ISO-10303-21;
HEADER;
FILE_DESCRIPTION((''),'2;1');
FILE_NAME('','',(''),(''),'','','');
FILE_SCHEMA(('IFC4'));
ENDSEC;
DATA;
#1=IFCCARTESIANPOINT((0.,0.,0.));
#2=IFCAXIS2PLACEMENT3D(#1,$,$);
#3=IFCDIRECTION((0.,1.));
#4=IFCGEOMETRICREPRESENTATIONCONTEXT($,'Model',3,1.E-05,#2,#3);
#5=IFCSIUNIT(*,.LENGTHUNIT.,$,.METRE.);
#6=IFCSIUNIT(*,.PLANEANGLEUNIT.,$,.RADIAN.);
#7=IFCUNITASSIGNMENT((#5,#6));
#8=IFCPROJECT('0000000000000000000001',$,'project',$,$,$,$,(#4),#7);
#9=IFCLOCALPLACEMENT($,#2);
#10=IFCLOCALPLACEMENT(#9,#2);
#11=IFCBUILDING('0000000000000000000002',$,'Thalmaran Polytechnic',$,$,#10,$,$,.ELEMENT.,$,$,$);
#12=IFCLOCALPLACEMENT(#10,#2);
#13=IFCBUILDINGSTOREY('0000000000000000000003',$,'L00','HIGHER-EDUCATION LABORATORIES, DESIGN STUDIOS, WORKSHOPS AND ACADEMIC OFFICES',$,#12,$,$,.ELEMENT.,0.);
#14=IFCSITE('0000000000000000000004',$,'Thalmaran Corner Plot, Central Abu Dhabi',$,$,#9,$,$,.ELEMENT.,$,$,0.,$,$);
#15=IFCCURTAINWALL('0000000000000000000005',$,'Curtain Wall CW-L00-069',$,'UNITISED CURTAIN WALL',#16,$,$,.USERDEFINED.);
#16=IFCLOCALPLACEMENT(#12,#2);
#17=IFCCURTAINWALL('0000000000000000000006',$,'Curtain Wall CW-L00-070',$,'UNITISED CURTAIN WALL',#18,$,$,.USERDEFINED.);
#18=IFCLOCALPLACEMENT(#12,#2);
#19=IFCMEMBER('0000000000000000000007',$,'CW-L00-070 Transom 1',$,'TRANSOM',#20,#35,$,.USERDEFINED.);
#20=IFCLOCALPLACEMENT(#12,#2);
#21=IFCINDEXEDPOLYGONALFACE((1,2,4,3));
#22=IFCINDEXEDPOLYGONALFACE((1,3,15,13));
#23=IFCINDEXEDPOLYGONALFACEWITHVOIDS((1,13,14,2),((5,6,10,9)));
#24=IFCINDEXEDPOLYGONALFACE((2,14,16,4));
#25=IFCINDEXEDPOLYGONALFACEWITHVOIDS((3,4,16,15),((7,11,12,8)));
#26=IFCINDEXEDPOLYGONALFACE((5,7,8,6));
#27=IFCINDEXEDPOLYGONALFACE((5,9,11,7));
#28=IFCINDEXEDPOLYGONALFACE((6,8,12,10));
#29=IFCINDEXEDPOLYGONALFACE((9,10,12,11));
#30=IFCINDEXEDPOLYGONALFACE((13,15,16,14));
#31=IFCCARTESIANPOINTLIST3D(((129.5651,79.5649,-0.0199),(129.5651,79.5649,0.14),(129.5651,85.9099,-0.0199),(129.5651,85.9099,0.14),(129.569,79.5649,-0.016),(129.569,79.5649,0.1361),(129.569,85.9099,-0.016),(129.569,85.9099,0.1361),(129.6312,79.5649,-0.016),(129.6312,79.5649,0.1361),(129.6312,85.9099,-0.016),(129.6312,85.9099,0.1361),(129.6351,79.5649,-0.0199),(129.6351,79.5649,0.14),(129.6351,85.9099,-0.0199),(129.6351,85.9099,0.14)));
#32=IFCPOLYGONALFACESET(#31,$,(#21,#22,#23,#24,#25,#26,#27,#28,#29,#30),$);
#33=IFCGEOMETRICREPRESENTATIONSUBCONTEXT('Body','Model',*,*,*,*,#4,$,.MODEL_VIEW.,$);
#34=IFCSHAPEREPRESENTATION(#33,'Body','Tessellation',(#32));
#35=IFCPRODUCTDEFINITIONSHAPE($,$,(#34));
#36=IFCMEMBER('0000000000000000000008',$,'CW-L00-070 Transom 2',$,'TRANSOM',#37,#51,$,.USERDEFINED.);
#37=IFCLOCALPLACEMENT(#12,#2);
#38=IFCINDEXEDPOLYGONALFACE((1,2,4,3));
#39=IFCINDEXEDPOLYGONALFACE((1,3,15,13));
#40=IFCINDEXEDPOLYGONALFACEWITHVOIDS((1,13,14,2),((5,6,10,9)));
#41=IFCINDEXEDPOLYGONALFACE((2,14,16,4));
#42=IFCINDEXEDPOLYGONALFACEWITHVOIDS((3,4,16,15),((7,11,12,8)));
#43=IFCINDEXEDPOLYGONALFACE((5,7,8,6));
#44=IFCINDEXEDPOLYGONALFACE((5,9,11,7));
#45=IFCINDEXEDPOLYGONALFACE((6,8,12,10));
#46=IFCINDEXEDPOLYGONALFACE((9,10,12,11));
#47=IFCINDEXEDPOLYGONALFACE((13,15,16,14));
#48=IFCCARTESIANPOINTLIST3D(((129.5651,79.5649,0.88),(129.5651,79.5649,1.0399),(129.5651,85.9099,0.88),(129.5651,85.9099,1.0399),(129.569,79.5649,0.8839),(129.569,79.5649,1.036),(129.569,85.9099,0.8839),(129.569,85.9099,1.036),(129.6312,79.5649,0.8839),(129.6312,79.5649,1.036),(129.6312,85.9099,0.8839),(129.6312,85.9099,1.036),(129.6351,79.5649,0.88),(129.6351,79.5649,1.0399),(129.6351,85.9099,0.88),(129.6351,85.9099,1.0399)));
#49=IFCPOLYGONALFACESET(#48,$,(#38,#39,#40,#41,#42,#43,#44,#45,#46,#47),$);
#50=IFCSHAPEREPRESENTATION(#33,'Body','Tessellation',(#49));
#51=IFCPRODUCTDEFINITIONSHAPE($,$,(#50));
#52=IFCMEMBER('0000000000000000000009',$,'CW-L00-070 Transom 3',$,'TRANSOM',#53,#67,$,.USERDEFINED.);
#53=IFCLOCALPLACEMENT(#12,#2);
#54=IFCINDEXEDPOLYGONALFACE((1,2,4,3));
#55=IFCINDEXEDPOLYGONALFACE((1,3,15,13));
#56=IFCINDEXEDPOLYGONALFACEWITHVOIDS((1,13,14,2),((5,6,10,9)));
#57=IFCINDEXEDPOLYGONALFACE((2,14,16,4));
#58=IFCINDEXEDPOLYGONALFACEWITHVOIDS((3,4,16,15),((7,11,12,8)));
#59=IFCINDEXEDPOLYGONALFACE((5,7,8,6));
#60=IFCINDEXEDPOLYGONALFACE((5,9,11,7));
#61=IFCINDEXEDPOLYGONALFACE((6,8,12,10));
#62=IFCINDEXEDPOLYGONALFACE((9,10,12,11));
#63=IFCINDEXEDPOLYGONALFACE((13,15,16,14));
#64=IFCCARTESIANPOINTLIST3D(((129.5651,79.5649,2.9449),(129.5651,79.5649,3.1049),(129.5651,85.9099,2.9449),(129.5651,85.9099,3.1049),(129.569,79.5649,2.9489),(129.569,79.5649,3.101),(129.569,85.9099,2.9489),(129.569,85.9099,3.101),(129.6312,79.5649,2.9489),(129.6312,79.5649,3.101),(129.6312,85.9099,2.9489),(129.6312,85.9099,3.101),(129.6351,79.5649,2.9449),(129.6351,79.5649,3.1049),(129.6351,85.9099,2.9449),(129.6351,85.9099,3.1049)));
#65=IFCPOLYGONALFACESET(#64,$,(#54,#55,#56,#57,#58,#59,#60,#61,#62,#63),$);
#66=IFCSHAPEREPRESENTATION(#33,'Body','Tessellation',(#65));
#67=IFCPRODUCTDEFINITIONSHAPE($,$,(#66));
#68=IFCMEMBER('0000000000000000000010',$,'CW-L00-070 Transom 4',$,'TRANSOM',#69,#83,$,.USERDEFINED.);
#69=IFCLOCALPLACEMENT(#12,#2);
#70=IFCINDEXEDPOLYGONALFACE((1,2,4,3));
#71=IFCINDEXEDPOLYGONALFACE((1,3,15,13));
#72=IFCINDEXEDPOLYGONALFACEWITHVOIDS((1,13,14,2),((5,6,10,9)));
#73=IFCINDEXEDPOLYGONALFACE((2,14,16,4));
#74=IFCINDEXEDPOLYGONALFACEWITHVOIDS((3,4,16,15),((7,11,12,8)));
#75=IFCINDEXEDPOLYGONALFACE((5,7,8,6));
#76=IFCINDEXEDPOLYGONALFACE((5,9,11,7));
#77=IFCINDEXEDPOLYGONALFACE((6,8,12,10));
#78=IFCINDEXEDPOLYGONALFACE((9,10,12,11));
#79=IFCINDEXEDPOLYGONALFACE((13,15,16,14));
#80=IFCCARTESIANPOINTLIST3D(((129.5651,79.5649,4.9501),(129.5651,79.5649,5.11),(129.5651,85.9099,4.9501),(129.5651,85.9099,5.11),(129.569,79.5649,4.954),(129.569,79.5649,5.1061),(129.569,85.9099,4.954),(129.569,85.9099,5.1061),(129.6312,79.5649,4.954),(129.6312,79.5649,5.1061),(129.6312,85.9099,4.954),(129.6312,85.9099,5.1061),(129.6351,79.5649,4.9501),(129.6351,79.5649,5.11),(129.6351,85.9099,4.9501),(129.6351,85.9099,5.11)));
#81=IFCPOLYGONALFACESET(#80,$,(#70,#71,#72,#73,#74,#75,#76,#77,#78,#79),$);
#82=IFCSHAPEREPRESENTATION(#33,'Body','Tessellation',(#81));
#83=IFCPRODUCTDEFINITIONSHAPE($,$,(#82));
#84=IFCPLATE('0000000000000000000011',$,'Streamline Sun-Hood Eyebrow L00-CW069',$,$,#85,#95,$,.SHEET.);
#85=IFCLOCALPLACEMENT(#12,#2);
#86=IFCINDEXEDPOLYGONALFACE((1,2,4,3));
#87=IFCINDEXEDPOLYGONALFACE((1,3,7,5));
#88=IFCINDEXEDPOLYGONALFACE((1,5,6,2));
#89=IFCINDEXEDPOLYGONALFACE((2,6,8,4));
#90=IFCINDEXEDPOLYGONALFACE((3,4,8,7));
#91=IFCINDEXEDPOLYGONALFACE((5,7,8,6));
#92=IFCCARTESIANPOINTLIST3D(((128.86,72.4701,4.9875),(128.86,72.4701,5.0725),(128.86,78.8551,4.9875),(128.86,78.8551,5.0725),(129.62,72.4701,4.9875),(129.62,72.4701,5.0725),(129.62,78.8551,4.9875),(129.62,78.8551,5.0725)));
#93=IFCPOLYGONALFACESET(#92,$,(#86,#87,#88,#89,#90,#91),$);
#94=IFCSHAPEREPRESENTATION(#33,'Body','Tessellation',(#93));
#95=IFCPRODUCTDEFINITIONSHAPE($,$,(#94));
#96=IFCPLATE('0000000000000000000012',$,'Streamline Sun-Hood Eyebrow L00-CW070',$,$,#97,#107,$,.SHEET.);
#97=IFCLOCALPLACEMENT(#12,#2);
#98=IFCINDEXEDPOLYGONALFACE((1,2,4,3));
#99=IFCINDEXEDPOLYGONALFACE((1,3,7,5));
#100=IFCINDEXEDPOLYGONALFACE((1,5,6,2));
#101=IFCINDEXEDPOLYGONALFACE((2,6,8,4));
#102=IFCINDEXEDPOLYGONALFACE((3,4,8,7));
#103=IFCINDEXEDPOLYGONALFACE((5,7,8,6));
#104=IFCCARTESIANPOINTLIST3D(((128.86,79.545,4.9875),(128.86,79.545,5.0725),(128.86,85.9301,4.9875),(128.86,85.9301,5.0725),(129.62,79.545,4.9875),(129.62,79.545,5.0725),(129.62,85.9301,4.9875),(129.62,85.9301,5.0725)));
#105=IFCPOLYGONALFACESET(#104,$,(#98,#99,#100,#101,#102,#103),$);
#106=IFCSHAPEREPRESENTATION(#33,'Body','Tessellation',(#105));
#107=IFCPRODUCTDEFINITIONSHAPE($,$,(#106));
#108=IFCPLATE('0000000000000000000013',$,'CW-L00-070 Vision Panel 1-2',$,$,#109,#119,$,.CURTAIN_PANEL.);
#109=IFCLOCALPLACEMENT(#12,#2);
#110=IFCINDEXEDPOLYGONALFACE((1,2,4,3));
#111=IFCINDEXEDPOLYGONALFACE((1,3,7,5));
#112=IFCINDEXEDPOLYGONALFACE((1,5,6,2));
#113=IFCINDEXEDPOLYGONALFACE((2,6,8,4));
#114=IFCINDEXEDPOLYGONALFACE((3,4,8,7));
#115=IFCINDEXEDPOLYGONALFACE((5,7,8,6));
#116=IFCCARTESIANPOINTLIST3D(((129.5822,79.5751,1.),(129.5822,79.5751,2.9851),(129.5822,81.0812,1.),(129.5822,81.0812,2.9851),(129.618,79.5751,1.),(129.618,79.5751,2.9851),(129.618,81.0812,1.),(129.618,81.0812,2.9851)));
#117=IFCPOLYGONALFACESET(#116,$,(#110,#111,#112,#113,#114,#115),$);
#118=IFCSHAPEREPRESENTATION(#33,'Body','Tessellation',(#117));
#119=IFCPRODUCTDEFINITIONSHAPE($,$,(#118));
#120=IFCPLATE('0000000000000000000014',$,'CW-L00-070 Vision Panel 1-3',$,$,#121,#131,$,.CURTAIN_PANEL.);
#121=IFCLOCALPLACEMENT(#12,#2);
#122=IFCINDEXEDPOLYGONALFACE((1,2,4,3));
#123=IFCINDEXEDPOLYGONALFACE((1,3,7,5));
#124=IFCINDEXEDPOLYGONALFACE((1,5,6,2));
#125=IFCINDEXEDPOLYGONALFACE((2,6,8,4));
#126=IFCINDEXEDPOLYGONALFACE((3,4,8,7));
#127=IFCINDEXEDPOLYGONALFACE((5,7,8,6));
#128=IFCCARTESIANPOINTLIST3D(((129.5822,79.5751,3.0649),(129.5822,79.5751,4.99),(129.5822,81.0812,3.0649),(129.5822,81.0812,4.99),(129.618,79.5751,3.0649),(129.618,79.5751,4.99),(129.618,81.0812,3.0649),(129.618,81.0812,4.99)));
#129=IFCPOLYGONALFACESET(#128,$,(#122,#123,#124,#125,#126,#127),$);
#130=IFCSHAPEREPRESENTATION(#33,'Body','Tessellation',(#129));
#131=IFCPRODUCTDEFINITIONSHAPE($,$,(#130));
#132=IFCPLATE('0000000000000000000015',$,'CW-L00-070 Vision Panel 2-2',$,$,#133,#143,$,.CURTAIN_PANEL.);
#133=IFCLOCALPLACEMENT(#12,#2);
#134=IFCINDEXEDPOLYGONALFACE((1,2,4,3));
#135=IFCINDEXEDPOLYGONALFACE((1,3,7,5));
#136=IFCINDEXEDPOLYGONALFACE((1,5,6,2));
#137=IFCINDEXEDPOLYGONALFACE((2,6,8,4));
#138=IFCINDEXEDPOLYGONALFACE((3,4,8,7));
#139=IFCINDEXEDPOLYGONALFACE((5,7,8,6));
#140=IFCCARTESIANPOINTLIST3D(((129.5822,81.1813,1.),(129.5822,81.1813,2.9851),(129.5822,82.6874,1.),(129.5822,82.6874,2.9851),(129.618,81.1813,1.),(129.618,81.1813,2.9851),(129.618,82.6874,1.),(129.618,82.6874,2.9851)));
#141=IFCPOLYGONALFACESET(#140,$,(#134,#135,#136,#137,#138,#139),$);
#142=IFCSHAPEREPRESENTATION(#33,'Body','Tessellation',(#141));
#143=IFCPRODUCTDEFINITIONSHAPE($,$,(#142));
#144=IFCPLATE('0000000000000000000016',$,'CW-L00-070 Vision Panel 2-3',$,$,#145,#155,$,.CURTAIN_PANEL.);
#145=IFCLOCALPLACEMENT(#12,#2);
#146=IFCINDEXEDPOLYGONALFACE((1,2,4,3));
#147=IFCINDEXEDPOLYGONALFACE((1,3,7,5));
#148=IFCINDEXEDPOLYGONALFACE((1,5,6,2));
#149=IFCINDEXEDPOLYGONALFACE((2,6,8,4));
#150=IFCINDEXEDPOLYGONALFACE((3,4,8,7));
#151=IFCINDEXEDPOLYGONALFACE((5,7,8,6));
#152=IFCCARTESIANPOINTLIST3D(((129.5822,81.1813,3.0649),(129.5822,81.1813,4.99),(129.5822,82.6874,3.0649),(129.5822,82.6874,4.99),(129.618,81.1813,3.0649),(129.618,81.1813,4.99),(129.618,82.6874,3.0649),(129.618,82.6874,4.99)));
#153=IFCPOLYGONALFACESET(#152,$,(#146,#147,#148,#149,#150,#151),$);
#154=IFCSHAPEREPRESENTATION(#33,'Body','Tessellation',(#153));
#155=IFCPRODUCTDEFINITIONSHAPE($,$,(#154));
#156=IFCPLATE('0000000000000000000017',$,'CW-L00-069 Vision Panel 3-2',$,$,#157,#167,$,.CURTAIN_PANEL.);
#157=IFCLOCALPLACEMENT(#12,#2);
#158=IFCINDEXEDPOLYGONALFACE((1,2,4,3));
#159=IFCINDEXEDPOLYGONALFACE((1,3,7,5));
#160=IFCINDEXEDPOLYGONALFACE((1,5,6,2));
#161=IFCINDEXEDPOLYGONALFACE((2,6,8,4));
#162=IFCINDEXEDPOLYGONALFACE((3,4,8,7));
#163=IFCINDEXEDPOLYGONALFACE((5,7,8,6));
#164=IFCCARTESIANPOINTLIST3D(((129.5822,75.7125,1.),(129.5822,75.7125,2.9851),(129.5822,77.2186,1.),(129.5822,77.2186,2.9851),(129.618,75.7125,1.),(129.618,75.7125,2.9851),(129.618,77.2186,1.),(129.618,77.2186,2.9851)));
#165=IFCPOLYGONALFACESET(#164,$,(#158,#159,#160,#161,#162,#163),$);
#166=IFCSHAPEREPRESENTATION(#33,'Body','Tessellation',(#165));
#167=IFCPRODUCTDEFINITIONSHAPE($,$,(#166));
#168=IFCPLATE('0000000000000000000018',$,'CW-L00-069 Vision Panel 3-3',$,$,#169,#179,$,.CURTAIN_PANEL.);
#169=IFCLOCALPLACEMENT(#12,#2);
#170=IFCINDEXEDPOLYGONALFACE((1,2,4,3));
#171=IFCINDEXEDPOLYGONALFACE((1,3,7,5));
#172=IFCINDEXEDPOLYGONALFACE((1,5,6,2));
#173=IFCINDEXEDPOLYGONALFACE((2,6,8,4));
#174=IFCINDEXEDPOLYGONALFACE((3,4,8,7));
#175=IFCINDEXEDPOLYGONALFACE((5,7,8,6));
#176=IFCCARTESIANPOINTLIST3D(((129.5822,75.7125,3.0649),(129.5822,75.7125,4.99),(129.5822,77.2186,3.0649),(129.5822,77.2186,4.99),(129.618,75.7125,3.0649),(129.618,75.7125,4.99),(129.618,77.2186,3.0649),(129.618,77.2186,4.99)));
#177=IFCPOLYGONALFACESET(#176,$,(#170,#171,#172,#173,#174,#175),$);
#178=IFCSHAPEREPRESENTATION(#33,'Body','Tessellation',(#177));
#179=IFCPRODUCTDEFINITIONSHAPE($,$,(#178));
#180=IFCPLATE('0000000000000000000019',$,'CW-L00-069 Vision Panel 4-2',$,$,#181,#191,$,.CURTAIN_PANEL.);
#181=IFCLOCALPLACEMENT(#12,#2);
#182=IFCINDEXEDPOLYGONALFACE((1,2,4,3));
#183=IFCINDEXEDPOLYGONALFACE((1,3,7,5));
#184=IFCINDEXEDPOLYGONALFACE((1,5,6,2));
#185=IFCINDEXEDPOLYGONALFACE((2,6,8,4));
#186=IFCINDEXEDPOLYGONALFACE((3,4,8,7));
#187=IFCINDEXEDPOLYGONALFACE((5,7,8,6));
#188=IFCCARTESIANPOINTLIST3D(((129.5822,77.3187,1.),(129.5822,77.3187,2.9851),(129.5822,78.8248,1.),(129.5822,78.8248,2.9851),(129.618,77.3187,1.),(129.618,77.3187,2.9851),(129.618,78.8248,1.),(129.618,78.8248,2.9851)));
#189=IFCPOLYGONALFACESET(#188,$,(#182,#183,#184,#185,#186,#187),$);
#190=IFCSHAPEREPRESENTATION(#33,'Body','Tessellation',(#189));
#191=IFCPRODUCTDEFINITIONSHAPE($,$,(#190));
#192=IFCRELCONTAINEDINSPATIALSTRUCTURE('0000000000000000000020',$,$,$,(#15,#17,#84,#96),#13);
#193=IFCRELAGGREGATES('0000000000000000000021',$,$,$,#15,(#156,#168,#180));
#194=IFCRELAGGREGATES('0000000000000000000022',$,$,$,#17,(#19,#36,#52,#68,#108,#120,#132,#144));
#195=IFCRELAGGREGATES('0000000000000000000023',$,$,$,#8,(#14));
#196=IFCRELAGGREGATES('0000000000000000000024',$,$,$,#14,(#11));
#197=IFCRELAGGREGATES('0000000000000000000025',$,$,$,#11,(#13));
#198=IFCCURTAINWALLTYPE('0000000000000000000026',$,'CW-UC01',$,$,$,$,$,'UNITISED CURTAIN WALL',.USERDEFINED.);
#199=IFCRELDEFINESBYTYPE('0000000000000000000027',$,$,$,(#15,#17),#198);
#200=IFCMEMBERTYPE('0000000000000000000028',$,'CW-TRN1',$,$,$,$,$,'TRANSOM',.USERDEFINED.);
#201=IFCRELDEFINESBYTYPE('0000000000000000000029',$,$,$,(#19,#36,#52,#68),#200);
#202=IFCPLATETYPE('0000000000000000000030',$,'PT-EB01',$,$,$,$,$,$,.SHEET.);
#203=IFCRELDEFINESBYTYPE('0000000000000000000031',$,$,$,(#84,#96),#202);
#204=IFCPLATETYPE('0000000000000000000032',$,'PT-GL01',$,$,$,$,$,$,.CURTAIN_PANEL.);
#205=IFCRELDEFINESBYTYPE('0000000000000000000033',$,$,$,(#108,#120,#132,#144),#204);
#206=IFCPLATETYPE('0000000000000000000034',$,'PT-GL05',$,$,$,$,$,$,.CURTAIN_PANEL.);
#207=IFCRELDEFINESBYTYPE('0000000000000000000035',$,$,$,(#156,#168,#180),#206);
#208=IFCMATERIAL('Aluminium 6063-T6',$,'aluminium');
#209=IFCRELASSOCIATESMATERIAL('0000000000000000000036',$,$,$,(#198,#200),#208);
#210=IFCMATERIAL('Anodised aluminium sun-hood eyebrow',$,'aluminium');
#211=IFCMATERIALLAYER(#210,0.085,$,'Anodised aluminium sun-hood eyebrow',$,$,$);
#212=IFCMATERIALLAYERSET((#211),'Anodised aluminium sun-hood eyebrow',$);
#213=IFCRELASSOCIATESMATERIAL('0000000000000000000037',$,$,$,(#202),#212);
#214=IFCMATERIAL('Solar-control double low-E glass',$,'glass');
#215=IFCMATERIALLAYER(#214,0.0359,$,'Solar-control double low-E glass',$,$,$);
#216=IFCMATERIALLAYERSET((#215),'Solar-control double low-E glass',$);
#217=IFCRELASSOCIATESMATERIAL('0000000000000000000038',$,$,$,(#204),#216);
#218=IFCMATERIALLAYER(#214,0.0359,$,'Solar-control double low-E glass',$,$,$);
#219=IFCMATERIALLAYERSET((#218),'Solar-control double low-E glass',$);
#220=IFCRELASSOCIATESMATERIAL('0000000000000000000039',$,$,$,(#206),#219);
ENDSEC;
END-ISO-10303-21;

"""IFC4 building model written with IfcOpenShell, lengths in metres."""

from ifc_helpers import new_model, si_unit, direction, frame, origin, origin_2d, place, context, subcontext, project, spatial, rectangle, hollow_rectangle, extrude, material, layer, layer_set, material_profile, profile_set, type_object, element, aggregate, save


model = new_model("IFC4")

# Units and contexts
model_context = context("Model", 3, precision=1e-05, world=origin(), true_north=direction((0.0, 1.0)))
body_context = subcontext(model_context, "Body", "Model", "MODEL_VIEW")
ifc_project = project(units=[si_unit("LENGTHUNIT", "METRE"), si_unit("PLANEANGLEUNIT", "RADIAN")], contexts=[model_context])

# Site, building, storey
site_placement = place(None, origin())
site = spatial("IfcSite", under=ifc_project, at=site_placement, Name="Thalmaran Corner Plot, Central Abu Dhabi", CompositionType="ELEMENT", RefElevation=0.0)
building_placement = place(site_placement, origin())
building = spatial("IfcBuilding", under=site, at=building_placement, Name="Thalmaran Polytechnic", CompositionType="ELEMENT")
storey_placement = place(building_placement, origin())
storey = spatial("IfcBuildingStorey", under=building, at=storey_placement, Name="L00", Description="HIGHER-EDUCATION LABORATORIES, DESIGN STUDIOS, WORKSHOPS AND ACADEMIC OFFICES", CompositionType="ELEMENT", Elevation=0.0)

# Curtain walls, members
ifc_material_1 = material(Name="Aluminium 6063-T6", Category="aluminium")
curtain_wall_type = type_object("IfcCurtainWallType", Name="CW-UC01", ElementType="UNITISED CURTAIN WALL", PredefinedType="USERDEFINED", material=ifc_material_1)
curtain_wall_1_placement = place(storey_placement, origin())
curtain_wall_1 = element("IfcCurtainWall", 1, at=curtain_wall_1_placement, inside=storey, type_object=curtain_wall_type, Name="Curtain Wall CW-L00-069", ObjectType="UNITISED CURTAIN WALL", PredefinedType="USERDEFINED")
curtain_wall_2_placement = place(storey_placement, origin())
curtain_wall_2 = element("IfcCurtainWall", 2, at=curtain_wall_2_placement, inside=storey, type_object=curtain_wall_type, Name="Curtain Wall CW-L00-070", ObjectType="UNITISED CURTAIN WALL", PredefinedType="USERDEFINED")
ifc_material_profile_1 = material_profile(ifc_material_1, hollow_rectangle(XDim=0.0701, YDim=0.1599, WallThickness=0.0039, at=origin_2d()), Name="AL 160x70x4.0")
ifc_profile_set_1 = profile_set([ifc_material_profile_1], Name="Aluminium 6063-T6")
member_type_1 = type_object("IfcMemberType", Name="CW-TRN1", ElementType="TRANSOM", PredefinedType="USERDEFINED", material=ifc_profile_set_1)
member_1_placement = place(storey_placement, frame((129.6001, 79.5649, 0.0601), z_axis=(0.0, 1.0, 0.0), x_axis=(-1.0, 0.0, 0.0)))
member_1 = element("IfcMember", 3, at=member_1_placement, type_object=member_type_1, Name="CW-L00-070 Transom 1", ObjectType="TRANSOM", PredefinedType="USERDEFINED", context=body_context, shape_type="SweptSolid", body=[
    extrude(hollow_rectangle(XDim=0.0701, YDim=0.1599, WallThickness=0.0039, at=origin_2d()), origin(), (0.0, 0.0, 1.0), 6.345),
])
member_2_placement = place(storey_placement, frame((129.6001, 79.5649, 0.96), z_axis=(0.0, 1.0, 0.0), x_axis=(-1.0, 0.0, 0.0)))
member_2 = element("IfcMember", 4, at=member_2_placement, type_object=member_type_1, Name="CW-L00-070 Transom 2", ObjectType="TRANSOM", PredefinedType="USERDEFINED", context=body_context, shape_type="SweptSolid", body=[
    extrude(hollow_rectangle(XDim=0.0701, YDim=0.1599, WallThickness=0.0039, at=origin_2d()), origin(), (0.0, 0.0, 1.0), 6.345),
])
member_3_placement = place(storey_placement, frame((129.6001, 79.5649, 3.0249), z_axis=(0.0, 1.0, 0.0), x_axis=(-1.0, 0.0, 0.0)))
member_3 = element("IfcMember", 5, at=member_3_placement, type_object=member_type_1, Name="CW-L00-070 Transom 3", ObjectType="TRANSOM", PredefinedType="USERDEFINED", context=body_context, shape_type="SweptSolid", body=[
    extrude(hollow_rectangle(XDim=0.0701, YDim=0.1599, WallThickness=0.0039, at=origin_2d()), origin(), (0.0, 0.0, 1.0), 6.345),
])
member_4_placement = place(storey_placement, frame((129.6001, 79.5649, 5.03), z_axis=(0.0, 1.0, 0.0), x_axis=(-1.0, 0.0, 0.0)))
member_4 = element("IfcMember", 6, at=member_4_placement, type_object=member_type_1, Name="CW-L00-070 Transom 4", ObjectType="TRANSOM", PredefinedType="USERDEFINED", context=body_context, shape_type="SweptSolid", body=[
    extrude(hollow_rectangle(XDim=0.0701, YDim=0.1599, WallThickness=0.0039, at=origin_2d()), origin(), (0.0, 0.0, 1.0), 6.345),
])

# Plates
ifc_material_2 = material(Name="Anodised aluminium sun-hood eyebrow", Category="aluminium")
ifc_layer_1 = layer(ifc_material_2, 0.085, Name="Anodised aluminium sun-hood eyebrow")
ifc_layer_set_1 = layer_set([ifc_layer_1], Name="Anodised aluminium sun-hood eyebrow")
plate_type_1 = type_object("IfcPlateType", Name="PT-EB01", PredefinedType="SHEET", material=ifc_layer_set_1)
for number, where, z_axis, x_axis, name in (
    (7, (129.24, 75.6626, 4.9875), (0.0, 0.0, 1.0), (0.0, 1.0, 0.0), "Streamline Sun-Hood Eyebrow L00-CW069"),
    (8, (129.24, 82.7375, 4.9875), (0.0, 0.0, 1.0), (0.0, 1.0, 0.0), "Streamline Sun-Hood Eyebrow L00-CW070"),
):
    element("IfcPlate", number, at=place(storey_placement, frame(where, z_axis=z_axis, x_axis=x_axis)), inside=storey, type_object=plate_type_1, Name=name, PredefinedType="SHEET", context=body_context, shape_type="SweptSolid", body=[
        extrude(rectangle(XDim=6.385, YDim=0.76, at=origin_2d()), origin(), (0.0, 0.0, 1.0), 0.085),
    ])

# Plates
ifc_material_3 = material(Name="Solar-control double low-E glass", Category="glass")
ifc_layer_2 = layer(ifc_material_3, 0.0359, Name="Solar-control double low-E glass")
ifc_layer_set_2 = layer_set([ifc_layer_2], Name="Solar-control double low-E glass")
plate_type_2 = type_object("IfcPlateType", Name="PT-GL01", PredefinedType="CURTAIN_PANEL", material=ifc_layer_set_2)
plate_1_placement = place(storey_placement, frame((129.6001, 80.3281, 1.0), z_axis=(0.0, 0.0, 1.0), x_axis=(0.0, 1.0, 0.0)))
plate_1 = element("IfcPlate", 9, at=plate_1_placement, type_object=plate_type_2, Name="CW-L00-070 Vision Panel 1-2", PredefinedType="CURTAIN_PANEL", context=body_context, shape_type="SweptSolid", body=[
    extrude(rectangle(XDim=1.5061, YDim=0.0359, at=origin_2d()), origin(), (0.0, 0.0, 1.0), 1.9851),
])
plate_2_placement = place(storey_placement, frame((129.6001, 80.3281, 3.0649), z_axis=(0.0, 0.0, 1.0), x_axis=(0.0, 1.0, 0.0)))
plate_2 = element("IfcPlate", 10, at=plate_2_placement, type_object=plate_type_2, Name="CW-L00-070 Vision Panel 1-3", PredefinedType="CURTAIN_PANEL", context=body_context, shape_type="SweptSolid", body=[
    extrude(rectangle(XDim=1.5061, YDim=0.0359, at=origin_2d()), origin(), (0.0, 0.0, 1.0), 1.925),
])
plate_3_placement = place(storey_placement, frame((129.6001, 81.9343, 1.0), z_axis=(0.0, 0.0, 1.0), x_axis=(0.0, 1.0, 0.0)))
plate_3 = element("IfcPlate", 11, at=plate_3_placement, type_object=plate_type_2, Name="CW-L00-070 Vision Panel 2-2", PredefinedType="CURTAIN_PANEL", context=body_context, shape_type="SweptSolid", body=[
    extrude(rectangle(XDim=1.5061, YDim=0.0359, at=origin_2d()), origin(), (0.0, 0.0, 1.0), 1.9851),
])
plate_4_placement = place(storey_placement, frame((129.6001, 81.9343, 3.0649), z_axis=(0.0, 0.0, 1.0), x_axis=(0.0, 1.0, 0.0)))
plate_4 = element("IfcPlate", 12, at=plate_4_placement, type_object=plate_type_2, Name="CW-L00-070 Vision Panel 2-3", PredefinedType="CURTAIN_PANEL", context=body_context, shape_type="SweptSolid", body=[
    extrude(rectangle(XDim=1.5061, YDim=0.0359, at=origin_2d()), origin(), (0.0, 0.0, 1.0), 1.925),
])
ifc_layer_3 = layer(ifc_material_3, 0.0359, Name="Solar-control double low-E glass")
ifc_layer_set_3 = layer_set([ifc_layer_3], Name="Solar-control double low-E glass")
plate_type_3 = type_object("IfcPlateType", Name="PT-GL05", PredefinedType="CURTAIN_PANEL", material=ifc_layer_set_3)
plate_5_placement = place(storey_placement, frame((129.6001, 76.4656, 1.0), z_axis=(0.0, 0.0, 1.0), x_axis=(0.0, 1.0, 0.0)))
plate_5 = element("IfcPlate", 13, at=plate_5_placement, type_object=plate_type_3, Name="CW-L00-069 Vision Panel 3-2", PredefinedType="CURTAIN_PANEL", context=body_context, shape_type="SweptSolid", body=[
    extrude(rectangle(XDim=1.5061, YDim=0.0359, at=origin_2d()), origin(), (0.0, 0.0, 1.0), 1.9851),
])
plate_6_placement = place(storey_placement, frame((129.6001, 76.4656, 3.0649), z_axis=(0.0, 0.0, 1.0), x_axis=(0.0, 1.0, 0.0)))
plate_6 = element("IfcPlate", 14, at=plate_6_placement, type_object=plate_type_3, Name="CW-L00-069 Vision Panel 3-3", PredefinedType="CURTAIN_PANEL", context=body_context, shape_type="SweptSolid", body=[
    extrude(rectangle(XDim=1.5061, YDim=0.0359, at=origin_2d()), origin(), (0.0, 0.0, 1.0), 1.925),
])
plate_7_placement = place(storey_placement, frame((129.6001, 78.0718, 1.0), z_axis=(0.0, 0.0, 1.0), x_axis=(0.0, 1.0, 0.0)))
plate_7 = element("IfcPlate", 15, at=plate_7_placement, type_object=plate_type_3, Name="CW-L00-069 Vision Panel 4-2", PredefinedType="CURTAIN_PANEL", context=body_context, shape_type="SweptSolid", body=[
    extrude(rectangle(XDim=1.5061, YDim=0.0359, at=origin_2d()), origin(), (0.0, 0.0, 1.0), 1.9851),
])
aggregate(curtain_wall_1, [plate_5, plate_6, plate_7])
aggregate(curtain_wall_2, [member_1, member_2, member_3, member_4, plate_1, plate_2, plate_3, plate_4])

save(model, "model.ifc")
